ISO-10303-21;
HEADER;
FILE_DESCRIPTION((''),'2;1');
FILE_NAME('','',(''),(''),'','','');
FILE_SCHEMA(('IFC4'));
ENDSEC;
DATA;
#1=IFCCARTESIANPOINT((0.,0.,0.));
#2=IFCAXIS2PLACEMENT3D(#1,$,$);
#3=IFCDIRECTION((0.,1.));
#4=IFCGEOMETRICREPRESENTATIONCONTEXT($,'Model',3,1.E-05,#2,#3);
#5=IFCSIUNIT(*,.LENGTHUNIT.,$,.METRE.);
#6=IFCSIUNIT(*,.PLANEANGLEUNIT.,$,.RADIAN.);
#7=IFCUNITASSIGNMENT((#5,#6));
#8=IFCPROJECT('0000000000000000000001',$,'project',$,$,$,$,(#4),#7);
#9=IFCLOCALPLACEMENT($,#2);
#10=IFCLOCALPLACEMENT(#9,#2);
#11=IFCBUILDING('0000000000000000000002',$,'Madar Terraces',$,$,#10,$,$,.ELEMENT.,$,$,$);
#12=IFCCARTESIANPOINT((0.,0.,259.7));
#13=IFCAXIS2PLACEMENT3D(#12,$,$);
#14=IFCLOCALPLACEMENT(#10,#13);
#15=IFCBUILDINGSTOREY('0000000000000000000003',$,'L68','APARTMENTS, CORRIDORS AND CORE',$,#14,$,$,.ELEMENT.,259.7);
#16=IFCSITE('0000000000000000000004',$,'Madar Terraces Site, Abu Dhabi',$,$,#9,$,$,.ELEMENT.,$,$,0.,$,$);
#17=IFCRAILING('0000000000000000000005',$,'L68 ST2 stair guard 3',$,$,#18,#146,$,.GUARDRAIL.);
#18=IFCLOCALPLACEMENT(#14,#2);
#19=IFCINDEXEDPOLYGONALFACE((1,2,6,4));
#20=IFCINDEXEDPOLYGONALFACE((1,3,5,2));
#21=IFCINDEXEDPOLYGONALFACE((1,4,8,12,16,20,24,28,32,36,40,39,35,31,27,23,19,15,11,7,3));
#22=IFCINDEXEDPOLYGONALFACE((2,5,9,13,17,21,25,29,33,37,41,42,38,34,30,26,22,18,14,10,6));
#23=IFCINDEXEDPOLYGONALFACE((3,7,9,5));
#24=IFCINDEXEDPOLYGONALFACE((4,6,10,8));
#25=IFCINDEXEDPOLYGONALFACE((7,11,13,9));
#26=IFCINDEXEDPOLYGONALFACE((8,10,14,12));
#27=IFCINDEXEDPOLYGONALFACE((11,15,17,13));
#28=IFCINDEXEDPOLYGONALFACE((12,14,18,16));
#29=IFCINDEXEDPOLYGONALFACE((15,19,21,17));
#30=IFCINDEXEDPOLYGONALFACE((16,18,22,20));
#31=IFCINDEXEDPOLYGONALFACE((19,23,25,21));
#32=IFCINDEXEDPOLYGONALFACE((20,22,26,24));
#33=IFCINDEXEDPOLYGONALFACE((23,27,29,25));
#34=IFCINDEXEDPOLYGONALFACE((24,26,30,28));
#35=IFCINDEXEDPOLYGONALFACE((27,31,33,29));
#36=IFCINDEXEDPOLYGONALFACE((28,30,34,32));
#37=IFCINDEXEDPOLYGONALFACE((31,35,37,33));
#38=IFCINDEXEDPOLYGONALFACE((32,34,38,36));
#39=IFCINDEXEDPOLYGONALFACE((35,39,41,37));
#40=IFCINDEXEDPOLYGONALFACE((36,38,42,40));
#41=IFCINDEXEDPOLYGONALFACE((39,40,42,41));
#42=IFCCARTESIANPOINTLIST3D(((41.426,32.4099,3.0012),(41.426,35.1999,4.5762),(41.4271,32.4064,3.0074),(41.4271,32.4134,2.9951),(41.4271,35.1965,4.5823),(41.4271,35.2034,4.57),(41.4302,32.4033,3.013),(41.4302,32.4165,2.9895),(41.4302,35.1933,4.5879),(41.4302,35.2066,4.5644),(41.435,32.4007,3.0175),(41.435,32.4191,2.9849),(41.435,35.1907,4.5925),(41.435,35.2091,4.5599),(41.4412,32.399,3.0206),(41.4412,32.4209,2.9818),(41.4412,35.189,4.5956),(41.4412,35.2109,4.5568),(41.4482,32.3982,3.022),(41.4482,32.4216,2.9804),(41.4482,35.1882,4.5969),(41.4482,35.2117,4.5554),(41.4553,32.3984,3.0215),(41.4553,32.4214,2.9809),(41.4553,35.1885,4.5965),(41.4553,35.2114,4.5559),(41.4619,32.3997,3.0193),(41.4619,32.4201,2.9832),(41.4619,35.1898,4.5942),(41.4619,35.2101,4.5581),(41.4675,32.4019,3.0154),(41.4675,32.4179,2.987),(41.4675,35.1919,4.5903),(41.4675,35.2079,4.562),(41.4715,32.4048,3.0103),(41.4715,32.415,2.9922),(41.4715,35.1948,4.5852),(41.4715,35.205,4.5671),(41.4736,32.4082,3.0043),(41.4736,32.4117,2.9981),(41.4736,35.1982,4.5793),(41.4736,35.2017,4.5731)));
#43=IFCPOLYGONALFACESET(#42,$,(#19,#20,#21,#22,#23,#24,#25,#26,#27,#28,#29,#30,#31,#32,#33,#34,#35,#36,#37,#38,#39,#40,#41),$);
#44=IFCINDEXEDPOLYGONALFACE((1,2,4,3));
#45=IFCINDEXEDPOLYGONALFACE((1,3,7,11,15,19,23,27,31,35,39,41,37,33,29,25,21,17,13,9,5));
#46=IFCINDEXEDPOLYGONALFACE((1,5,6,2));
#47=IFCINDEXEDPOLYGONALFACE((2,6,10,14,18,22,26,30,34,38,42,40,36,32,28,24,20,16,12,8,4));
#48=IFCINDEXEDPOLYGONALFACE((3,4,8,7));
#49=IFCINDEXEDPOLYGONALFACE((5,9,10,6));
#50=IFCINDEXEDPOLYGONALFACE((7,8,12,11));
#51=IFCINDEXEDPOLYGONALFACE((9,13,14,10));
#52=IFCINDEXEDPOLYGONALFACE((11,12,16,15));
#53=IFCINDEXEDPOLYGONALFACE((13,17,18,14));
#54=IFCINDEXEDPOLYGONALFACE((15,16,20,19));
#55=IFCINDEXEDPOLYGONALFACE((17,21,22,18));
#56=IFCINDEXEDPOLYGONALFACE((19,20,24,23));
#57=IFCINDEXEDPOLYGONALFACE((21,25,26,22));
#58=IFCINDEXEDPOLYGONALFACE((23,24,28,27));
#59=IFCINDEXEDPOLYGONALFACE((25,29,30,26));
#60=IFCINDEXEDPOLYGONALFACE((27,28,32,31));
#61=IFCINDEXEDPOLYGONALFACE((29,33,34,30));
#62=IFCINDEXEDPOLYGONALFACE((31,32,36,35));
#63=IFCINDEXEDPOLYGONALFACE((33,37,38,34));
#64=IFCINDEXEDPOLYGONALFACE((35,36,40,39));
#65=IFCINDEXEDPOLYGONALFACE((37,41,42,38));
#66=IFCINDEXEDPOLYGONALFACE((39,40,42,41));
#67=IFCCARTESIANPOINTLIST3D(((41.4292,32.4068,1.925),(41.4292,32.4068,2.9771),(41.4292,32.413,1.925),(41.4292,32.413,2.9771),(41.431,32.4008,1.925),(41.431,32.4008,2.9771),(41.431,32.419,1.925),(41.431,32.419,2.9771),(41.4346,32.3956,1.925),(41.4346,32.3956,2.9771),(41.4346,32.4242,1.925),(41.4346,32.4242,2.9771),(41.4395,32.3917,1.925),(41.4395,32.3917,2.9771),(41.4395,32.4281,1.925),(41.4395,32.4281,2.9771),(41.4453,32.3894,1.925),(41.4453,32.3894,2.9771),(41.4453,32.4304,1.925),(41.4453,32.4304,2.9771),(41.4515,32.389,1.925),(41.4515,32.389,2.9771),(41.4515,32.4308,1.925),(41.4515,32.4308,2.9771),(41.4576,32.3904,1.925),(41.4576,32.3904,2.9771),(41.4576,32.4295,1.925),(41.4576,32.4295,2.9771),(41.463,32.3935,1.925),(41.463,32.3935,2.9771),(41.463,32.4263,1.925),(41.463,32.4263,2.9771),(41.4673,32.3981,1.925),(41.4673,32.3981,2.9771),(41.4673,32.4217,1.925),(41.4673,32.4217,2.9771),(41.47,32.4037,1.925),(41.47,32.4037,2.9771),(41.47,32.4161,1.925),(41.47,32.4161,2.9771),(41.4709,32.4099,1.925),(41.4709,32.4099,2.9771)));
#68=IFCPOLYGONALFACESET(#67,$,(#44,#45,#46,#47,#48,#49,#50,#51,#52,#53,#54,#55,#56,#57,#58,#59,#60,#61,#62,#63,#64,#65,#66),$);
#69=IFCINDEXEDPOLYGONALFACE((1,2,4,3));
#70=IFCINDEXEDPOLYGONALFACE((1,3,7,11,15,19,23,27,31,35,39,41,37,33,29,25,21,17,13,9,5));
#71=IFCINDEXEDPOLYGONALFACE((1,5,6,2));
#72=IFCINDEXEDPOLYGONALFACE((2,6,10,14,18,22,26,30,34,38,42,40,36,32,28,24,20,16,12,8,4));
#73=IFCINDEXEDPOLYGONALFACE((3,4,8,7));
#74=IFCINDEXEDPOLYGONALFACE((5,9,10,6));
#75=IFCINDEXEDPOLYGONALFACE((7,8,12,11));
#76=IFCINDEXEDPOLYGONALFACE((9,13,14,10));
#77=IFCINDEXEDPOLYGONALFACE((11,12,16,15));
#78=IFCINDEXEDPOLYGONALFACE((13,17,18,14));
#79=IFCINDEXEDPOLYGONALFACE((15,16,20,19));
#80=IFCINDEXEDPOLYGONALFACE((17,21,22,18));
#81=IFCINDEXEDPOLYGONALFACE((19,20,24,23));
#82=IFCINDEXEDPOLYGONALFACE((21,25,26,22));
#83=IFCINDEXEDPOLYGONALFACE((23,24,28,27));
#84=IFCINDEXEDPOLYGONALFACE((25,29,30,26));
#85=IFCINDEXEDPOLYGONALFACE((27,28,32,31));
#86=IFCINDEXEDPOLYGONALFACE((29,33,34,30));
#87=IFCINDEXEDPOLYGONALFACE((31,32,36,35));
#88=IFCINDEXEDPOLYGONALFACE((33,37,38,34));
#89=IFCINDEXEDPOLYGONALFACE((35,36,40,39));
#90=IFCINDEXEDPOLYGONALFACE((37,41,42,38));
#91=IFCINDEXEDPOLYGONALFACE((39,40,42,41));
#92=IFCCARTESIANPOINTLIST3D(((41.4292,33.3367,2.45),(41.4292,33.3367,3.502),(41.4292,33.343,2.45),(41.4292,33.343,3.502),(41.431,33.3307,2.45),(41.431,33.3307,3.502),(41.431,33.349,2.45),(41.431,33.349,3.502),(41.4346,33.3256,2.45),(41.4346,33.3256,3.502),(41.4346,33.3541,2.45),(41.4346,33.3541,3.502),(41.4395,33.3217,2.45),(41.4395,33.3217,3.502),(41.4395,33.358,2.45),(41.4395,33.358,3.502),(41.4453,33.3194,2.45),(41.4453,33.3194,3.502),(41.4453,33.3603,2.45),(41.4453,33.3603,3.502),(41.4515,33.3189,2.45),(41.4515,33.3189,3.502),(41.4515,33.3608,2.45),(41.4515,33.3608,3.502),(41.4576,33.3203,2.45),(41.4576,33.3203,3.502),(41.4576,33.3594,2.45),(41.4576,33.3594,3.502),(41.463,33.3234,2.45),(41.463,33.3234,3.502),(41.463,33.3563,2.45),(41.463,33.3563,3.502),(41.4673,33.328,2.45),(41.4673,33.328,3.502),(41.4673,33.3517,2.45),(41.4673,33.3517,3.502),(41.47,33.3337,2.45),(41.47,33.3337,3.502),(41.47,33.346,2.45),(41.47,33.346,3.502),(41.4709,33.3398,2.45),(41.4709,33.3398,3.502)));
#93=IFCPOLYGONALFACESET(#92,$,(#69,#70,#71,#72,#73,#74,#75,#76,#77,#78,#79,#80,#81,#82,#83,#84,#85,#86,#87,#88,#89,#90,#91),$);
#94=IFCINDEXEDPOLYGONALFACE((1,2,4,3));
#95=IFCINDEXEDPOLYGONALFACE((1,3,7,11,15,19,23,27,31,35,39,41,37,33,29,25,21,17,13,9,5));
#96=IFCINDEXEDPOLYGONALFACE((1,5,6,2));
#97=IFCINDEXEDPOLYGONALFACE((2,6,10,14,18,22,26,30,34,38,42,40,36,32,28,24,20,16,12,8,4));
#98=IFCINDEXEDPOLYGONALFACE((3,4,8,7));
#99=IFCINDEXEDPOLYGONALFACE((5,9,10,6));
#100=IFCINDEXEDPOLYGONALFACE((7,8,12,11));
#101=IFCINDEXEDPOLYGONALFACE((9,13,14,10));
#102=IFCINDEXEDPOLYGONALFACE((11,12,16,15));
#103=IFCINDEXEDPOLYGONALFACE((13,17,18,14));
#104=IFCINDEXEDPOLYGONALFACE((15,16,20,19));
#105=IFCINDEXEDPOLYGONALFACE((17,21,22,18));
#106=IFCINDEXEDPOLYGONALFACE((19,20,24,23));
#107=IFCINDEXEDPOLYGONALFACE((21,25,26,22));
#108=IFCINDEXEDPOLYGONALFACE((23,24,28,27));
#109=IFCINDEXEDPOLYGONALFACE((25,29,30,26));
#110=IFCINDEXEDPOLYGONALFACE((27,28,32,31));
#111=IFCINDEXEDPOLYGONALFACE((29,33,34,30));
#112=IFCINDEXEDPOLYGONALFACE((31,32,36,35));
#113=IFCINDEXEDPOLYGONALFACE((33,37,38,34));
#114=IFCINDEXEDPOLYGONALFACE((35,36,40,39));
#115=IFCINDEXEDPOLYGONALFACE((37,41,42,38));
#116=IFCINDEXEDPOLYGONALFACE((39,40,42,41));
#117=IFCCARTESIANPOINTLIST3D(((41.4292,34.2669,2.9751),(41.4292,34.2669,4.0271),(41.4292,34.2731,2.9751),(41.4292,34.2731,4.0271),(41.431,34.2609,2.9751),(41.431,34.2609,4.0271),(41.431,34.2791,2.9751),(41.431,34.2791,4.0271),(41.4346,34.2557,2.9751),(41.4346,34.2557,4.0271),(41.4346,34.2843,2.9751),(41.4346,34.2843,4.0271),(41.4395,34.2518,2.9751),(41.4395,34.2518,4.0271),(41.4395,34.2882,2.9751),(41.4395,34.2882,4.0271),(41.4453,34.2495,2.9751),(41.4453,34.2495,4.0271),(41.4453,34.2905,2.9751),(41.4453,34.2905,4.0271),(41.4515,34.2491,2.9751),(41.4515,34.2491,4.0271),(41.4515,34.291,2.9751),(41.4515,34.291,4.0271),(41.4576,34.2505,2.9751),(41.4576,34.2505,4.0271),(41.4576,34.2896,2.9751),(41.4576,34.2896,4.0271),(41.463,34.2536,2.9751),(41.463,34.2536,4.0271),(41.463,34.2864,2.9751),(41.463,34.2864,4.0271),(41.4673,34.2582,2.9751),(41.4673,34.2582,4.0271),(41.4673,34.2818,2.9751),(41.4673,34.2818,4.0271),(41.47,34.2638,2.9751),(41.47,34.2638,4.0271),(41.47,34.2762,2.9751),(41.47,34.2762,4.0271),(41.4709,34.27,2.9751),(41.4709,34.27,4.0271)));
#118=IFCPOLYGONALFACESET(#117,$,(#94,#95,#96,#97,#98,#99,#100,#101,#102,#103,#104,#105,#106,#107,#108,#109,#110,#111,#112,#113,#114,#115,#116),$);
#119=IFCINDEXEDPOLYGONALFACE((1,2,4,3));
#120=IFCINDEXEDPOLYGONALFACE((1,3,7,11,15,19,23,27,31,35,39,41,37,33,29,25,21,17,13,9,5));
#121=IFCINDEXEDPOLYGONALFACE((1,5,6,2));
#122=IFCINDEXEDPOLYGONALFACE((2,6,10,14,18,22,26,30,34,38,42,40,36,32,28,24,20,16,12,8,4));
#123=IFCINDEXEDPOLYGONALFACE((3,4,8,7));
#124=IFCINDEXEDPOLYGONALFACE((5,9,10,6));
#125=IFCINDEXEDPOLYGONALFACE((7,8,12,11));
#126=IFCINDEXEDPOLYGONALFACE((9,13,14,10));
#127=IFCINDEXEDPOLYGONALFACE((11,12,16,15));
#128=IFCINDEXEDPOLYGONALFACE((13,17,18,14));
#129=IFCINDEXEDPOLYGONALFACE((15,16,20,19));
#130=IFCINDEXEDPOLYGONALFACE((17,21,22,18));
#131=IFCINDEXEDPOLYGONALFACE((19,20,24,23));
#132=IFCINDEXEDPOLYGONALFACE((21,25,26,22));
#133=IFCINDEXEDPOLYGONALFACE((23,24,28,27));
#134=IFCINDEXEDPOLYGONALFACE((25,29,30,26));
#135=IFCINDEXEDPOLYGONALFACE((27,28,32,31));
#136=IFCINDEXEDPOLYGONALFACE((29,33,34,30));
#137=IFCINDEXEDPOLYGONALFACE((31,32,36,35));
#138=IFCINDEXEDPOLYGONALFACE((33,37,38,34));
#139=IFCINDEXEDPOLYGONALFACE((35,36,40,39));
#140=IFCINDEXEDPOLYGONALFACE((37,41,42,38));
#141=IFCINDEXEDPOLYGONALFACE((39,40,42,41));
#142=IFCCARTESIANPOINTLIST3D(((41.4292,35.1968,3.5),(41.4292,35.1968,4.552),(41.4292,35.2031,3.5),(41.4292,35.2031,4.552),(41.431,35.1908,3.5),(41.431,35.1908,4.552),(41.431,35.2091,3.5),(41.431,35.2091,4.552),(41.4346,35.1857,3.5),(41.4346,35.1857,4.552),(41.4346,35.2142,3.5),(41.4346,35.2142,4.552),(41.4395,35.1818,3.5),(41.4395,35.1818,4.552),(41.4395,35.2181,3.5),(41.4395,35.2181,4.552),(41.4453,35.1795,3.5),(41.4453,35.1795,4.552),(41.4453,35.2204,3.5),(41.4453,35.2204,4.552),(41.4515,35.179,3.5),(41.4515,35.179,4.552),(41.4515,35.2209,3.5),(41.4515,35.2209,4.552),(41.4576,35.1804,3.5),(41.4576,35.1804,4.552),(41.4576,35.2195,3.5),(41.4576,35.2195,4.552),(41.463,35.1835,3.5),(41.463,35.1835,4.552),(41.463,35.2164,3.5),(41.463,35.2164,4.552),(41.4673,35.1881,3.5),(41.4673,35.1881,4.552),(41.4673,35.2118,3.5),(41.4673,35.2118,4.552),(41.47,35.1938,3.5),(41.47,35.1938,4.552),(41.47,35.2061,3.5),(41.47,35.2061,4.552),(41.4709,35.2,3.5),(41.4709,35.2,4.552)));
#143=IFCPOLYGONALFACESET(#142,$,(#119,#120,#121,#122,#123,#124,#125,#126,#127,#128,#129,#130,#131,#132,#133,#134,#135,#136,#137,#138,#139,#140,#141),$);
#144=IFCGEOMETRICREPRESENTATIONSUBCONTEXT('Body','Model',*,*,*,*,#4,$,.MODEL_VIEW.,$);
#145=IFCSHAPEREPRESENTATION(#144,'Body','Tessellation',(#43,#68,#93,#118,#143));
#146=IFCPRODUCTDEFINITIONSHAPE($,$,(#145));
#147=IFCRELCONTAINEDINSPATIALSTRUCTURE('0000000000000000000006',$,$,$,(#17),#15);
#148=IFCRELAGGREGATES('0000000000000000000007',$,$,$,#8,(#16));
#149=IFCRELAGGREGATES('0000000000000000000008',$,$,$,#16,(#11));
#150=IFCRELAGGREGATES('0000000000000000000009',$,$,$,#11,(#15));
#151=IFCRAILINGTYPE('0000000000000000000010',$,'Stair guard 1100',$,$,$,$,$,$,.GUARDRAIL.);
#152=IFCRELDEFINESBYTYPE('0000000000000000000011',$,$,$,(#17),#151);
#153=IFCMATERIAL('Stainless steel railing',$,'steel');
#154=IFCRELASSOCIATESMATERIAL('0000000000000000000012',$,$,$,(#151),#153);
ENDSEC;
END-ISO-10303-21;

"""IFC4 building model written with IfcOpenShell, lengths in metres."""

from ifc_helpers import new_model, si_unit, direction, frame, origin, origin_2d, place, context, subcontext, project, spatial, circle, extrude, material, type_object, element, save


model = new_model("IFC4")

# Units and contexts
model_context = context("Model", 3, precision=1e-05, world=origin(), true_north=direction((0.0, 1.0)))
body_context = subcontext(model_context, "Body", "Model", "MODEL_VIEW")
ifc_project = project(units=[si_unit("LENGTHUNIT", "METRE"), si_unit("PLANEANGLEUNIT", "RADIAN")], contexts=[model_context])

# Site, building, storey
site_placement = place(None, origin())
site = spatial("IfcSite", under=ifc_project, at=site_placement, Name="Madar Terraces Site, Abu Dhabi", CompositionType="ELEMENT", RefElevation=0.0)
building_placement = place(site_placement, origin())
building = spatial("IfcBuilding", under=site, at=building_placement, Name="Madar Terraces", CompositionType="ELEMENT")
storey_placement = place(building_placement, frame((0.0, 0.0, 259.7)))
storey = spatial("IfcBuildingStorey", under=building, at=storey_placement, Name="L68", Description="APARTMENTS, CORRIDORS AND CORE", CompositionType="ELEMENT", Elevation=259.7)

# Railing
ifc_material_1 = material(Name="Stainless steel railing", Category="steel")
railing_type_1 = type_object("IfcRailingType", Name="Stair guard 1100", PredefinedType="GUARDRAIL", material=ifc_material_1)
railing_1_placement = place(storey_placement, frame((41.45, 32.4099, 1.925)))
element("IfcRailing", 1, at=railing_1_placement, inside=storey, type_object=railing_type_1, Name="L68 ST2 stair guard 3", PredefinedType="GUARDRAIL", context=body_context, shape_type="SweptSolid", body=[
    extrude(circle(Radius=0.0239, at=origin_2d()), frame((0.0, 0.0, 1.0762), z_axis=(0.0, 0.870834, 0.491578), x_axis=(-1.0, 0.0, 0.0)), (0.0, 0.0, 1.0), 3.2039),
    extrude(circle(Radius=0.021, at=origin_2d()), origin(), (0.0, 0.0, 1.0), 1.052),
    extrude(circle(Radius=0.021, at=origin_2d()), frame((0.0, 0.9299, 0.5249)), (0.0, 0.0, 1.0), 1.052),
    extrude(circle(Radius=0.021, at=origin_2d()), frame((0.0, 1.8601, 1.05)), (0.0, 0.0, 1.0), 1.052),
    extrude(circle(Radius=0.021, at=origin_2d()), frame((0.0, 2.79, 1.575)), (0.0, 0.0, 1.0), 1.052),
])

save(model, "model.ifc")
